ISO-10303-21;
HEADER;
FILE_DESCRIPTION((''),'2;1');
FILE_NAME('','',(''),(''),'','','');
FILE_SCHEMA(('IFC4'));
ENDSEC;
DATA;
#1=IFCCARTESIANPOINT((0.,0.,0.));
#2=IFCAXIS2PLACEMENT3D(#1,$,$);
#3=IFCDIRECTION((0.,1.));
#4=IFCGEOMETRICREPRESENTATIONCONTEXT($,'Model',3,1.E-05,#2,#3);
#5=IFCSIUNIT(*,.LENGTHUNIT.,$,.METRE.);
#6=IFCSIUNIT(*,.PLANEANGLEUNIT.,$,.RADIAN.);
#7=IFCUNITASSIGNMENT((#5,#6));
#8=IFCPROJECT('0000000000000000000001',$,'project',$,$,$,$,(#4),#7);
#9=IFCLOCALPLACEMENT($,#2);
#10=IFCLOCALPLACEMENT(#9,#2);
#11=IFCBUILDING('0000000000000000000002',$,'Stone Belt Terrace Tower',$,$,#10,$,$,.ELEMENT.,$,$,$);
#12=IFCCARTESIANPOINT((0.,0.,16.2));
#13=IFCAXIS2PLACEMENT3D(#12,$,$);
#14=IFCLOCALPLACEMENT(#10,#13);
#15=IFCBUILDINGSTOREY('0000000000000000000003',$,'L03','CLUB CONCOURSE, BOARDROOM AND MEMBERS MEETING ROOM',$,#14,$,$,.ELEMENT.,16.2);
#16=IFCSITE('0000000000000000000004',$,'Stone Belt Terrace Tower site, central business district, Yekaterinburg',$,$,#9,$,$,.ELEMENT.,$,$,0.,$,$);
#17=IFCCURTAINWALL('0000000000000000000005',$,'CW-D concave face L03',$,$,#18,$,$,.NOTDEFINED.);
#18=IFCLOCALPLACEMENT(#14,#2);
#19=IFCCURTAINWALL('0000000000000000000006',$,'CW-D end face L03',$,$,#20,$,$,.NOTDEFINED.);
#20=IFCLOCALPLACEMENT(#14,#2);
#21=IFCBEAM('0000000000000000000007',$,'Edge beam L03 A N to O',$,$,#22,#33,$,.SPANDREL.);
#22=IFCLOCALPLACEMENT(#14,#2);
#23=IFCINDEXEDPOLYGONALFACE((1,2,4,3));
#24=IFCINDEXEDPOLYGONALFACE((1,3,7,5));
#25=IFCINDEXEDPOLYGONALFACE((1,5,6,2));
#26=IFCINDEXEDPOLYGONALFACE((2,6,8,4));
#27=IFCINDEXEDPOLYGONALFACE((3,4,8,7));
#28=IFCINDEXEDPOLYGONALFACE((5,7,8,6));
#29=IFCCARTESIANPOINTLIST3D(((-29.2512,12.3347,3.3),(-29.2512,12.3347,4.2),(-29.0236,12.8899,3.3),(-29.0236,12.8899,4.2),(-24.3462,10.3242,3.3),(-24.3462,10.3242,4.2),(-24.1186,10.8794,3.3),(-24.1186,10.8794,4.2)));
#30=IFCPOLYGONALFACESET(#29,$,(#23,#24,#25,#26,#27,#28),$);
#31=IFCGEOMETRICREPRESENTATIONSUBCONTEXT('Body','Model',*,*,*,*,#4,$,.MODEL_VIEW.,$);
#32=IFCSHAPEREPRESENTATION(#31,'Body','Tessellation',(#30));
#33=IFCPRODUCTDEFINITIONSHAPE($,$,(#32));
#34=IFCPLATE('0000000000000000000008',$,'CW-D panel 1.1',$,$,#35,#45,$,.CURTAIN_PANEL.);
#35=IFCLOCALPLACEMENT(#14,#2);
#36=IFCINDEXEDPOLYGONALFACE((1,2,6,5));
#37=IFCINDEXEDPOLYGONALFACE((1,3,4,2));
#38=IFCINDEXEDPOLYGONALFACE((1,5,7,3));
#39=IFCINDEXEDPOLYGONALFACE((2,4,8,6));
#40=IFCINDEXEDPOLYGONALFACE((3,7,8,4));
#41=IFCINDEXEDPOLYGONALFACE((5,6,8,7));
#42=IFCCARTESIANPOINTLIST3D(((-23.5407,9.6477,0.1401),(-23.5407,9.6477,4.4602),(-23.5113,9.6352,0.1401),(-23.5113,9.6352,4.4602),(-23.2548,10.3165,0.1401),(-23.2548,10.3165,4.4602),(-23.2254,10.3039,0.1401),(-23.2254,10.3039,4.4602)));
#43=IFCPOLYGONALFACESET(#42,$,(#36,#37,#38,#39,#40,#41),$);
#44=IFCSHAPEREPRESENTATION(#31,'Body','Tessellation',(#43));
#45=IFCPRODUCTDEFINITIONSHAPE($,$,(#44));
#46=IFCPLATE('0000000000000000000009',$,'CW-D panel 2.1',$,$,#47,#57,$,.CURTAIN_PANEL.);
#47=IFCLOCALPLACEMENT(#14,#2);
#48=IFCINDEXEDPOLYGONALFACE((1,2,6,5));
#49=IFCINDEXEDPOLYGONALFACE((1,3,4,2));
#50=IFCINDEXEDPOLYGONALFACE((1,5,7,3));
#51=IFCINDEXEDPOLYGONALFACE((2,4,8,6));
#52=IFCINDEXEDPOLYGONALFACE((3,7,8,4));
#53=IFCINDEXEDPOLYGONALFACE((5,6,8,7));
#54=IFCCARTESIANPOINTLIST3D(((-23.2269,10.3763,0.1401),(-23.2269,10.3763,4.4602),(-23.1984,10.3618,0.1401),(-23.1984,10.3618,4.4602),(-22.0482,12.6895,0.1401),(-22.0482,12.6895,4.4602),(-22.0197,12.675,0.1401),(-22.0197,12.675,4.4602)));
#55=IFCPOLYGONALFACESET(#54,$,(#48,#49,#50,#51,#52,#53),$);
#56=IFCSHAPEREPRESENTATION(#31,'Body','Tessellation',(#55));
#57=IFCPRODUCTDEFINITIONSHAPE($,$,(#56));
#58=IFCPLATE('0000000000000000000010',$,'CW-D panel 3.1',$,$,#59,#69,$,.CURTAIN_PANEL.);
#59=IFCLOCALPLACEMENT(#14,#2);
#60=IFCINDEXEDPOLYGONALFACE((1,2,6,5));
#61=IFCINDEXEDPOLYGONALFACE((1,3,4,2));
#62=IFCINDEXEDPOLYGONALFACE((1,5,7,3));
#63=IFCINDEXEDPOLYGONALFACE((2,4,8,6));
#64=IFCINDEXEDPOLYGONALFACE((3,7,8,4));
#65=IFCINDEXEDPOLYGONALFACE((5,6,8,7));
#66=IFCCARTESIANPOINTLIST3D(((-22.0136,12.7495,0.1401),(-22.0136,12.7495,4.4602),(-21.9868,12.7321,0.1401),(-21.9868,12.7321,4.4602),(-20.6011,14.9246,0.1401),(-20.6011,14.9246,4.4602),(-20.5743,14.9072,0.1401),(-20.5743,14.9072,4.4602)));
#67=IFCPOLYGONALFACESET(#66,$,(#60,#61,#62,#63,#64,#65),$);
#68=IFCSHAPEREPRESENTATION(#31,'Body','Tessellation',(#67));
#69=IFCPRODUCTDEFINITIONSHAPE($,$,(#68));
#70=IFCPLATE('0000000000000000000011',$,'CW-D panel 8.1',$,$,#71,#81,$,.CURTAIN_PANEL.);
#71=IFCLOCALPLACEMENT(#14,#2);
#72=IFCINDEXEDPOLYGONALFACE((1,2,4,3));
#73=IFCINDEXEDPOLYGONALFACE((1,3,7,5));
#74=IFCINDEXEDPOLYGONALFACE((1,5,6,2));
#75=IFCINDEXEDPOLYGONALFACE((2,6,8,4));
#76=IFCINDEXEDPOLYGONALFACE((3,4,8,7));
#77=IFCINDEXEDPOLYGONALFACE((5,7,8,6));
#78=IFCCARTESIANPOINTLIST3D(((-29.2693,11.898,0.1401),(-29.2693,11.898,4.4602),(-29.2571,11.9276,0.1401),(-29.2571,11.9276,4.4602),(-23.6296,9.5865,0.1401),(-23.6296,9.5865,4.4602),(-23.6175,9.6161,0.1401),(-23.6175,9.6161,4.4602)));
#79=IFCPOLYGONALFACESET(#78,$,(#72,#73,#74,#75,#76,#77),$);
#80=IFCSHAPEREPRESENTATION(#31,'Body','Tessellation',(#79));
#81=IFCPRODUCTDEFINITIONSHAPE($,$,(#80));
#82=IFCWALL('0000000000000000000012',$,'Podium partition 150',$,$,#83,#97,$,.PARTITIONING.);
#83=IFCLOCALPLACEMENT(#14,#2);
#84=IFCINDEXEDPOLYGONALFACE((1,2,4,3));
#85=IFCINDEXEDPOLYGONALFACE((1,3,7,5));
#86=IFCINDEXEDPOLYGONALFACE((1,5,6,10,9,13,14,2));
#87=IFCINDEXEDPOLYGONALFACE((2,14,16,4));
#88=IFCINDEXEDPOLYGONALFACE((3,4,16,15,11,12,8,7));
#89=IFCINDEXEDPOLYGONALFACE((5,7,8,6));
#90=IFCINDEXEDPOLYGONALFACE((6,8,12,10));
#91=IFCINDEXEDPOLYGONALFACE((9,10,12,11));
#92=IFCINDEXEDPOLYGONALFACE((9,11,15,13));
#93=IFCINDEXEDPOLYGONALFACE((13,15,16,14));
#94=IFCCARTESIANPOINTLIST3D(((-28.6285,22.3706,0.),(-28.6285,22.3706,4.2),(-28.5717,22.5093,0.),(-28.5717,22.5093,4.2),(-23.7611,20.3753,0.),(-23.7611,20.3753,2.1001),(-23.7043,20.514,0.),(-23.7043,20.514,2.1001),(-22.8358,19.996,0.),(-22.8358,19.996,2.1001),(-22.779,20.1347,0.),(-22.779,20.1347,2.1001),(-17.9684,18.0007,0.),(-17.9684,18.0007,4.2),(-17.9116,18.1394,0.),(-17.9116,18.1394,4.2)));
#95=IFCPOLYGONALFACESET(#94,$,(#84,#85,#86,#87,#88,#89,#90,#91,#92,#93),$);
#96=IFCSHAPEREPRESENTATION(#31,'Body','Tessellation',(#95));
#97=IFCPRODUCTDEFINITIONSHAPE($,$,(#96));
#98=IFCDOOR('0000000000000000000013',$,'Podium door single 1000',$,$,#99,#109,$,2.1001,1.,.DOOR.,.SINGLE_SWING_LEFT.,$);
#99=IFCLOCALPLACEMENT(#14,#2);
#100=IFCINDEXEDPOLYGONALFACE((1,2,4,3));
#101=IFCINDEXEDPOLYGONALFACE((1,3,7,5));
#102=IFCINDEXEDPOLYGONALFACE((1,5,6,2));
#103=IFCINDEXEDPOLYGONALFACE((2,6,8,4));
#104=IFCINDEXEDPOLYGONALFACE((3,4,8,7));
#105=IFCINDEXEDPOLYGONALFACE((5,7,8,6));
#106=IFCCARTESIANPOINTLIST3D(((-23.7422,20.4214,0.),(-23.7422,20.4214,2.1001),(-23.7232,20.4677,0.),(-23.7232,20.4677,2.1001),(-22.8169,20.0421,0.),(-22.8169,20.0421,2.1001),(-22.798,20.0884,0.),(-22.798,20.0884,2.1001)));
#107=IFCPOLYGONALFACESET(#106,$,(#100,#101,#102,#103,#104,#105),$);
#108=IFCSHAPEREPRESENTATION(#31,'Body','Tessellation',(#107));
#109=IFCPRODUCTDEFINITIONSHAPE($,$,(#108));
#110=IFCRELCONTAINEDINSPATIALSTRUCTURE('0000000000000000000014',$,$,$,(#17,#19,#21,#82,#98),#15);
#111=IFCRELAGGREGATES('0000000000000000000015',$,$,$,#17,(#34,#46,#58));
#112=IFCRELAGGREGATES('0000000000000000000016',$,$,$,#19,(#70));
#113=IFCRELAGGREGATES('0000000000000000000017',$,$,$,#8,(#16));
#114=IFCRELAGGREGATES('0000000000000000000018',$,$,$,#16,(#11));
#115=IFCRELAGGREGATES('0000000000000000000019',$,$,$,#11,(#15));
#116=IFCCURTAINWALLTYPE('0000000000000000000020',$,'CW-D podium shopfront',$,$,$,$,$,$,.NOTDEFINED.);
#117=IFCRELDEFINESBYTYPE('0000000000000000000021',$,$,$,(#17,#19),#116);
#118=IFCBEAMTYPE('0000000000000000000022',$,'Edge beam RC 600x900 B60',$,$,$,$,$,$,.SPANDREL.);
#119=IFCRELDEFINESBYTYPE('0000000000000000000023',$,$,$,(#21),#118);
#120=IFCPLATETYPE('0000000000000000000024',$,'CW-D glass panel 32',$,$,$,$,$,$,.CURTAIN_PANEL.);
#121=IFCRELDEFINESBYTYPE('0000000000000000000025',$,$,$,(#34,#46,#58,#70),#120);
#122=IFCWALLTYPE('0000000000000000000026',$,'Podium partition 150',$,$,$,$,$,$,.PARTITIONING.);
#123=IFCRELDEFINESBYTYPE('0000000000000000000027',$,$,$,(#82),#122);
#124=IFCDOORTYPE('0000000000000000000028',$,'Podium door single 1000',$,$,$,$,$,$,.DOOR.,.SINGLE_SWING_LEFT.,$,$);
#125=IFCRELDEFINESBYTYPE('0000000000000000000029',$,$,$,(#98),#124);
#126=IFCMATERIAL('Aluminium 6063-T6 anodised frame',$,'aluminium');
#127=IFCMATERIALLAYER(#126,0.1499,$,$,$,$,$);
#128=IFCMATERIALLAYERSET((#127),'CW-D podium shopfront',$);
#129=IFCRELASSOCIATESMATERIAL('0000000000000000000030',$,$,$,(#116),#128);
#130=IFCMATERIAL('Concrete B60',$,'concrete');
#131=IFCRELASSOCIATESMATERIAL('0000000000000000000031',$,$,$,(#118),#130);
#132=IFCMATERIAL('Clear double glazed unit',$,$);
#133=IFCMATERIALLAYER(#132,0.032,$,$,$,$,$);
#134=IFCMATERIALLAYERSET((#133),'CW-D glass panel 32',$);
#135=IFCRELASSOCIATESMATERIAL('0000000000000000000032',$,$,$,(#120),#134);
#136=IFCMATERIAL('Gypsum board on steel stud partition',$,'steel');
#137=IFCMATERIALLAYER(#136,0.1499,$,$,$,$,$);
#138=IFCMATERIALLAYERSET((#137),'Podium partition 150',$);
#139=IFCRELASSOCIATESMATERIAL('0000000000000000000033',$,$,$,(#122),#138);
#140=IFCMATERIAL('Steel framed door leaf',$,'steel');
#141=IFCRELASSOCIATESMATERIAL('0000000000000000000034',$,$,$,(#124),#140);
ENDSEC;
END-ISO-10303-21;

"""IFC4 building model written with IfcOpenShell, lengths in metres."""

from ifc_helpers import new_model, si_unit, direction, frame, frame_2d, origin, origin_2d, place, context, subcontext, project, spatial, rectangle, extrude, material, layer, layer_set, material_profile, profile_set, type_object, element, fill, aggregate, save


model = new_model("IFC4")

# Units and contexts
model_context = context("Model", 3, precision=1e-05, world=origin(), true_north=direction((0.0, 1.0)))
body_context = subcontext(model_context, "Body", "Model", "MODEL_VIEW")
ifc_project = project(units=[si_unit("LENGTHUNIT", "METRE"), si_unit("PLANEANGLEUNIT", "RADIAN")], contexts=[model_context])

# Site, building, storey
site_placement = place(None, origin())
site = spatial("IfcSite", under=ifc_project, at=site_placement, Name="Stone Belt Terrace Tower site, central business district, Yekaterinburg", CompositionType="ELEMENT", RefElevation=0.0)
building_placement = place(site_placement, origin())
building = spatial("IfcBuilding", under=site, at=building_placement, Name="Stone Belt Terrace Tower", CompositionType="ELEMENT")
storey_placement = place(building_placement, frame((0.0, 0.0, 16.2)))
storey = spatial("IfcBuildingStorey", under=building, at=storey_placement, Name="L03", Description="CLUB CONCOURSE, BOARDROOM AND MEMBERS MEETING ROOM", CompositionType="ELEMENT", Elevation=16.2)

# Shared definitions
ifc_material_1 = material(Name="Concrete B60", Category="concrete")

# Curtain wall
ifc_material_2 = material(Name="Aluminium 6063-T6 anodised frame", Category="aluminium")
ifc_layer_1 = layer(ifc_material_2, 0.1499)
ifc_layer_set_1 = layer_set([ifc_layer_1], Name="CW-D podium shopfront")
curtain_wall_type = type_object("IfcCurtainWallType", Name="CW-D podium shopfront", PredefinedType="NOTDEFINED", material=ifc_layer_set_1)
curtain_wall_1_placement = place(storey_placement, origin())
curtain_wall_1 = element("IfcCurtainWall", 1, at=curtain_wall_1_placement, inside=storey, type_object=curtain_wall_type, Name="CW-D concave face L03", PredefinedType="NOTDEFINED")

# Curtain wall
curtain_wall_2_placement = place(storey_placement, origin())
curtain_wall_2 = element("IfcCurtainWall", 2, at=curtain_wall_2_placement, inside=storey, type_object=curtain_wall_type, Name="CW-D end face L03", PredefinedType="NOTDEFINED")

# Beam
ifc_material_profile_1 = material_profile(ifc_material_1, rectangle(XDim=0.6001, YDim=0.8999, at=origin_2d()), Name="RC 600x900")
ifc_profile_set_1 = profile_set([ifc_material_profile_1], Name="Concrete B60")
beam_type = type_object("IfcBeamType", Name="Edge beam RC 600x900 B60", PredefinedType="SPANDREL", material=ifc_profile_set_1)
beam_placement = place(storey_placement, frame((-24.2324, 10.6018, 3.75), z_axis=(-0.925289, 0.379262, 0.0), x_axis=(-0.379262, -0.925289, 0.0)))
element("IfcBeam", 3, at=beam_placement, inside=storey, type_object=beam_type, Name="Edge beam L03 A N to O", PredefinedType="SPANDREL", context=body_context, shape_type="SweptSolid", body=[
    extrude(rectangle(XDim=0.6001, YDim=0.8999, at=origin_2d()), origin(), (0.0, 0.0, 1.0), 5.301),
])

# Plates
ifc_material_3 = material(Name="Clear double glazed unit")
ifc_layer_2 = layer(ifc_material_3, 0.032)
ifc_layer_set_2 = layer_set([ifc_layer_2], Name="CW-D glass panel 32")
plate_type = type_object("IfcPlateType", Name="CW-D glass panel 32", PredefinedType="CURTAIN_PANEL", material=ifc_layer_set_2)
plate_1_placement = place(storey_placement, frame((-23.3831, 9.9758, 0.1401), z_axis=(0.0, 0.0, 1.0), x_axis=(0.393034, 0.919524, 0.0)))
plate_1 = element("IfcPlate", 4, at=plate_1_placement, type_object=plate_type, Name="CW-D panel 1.1", PredefinedType="CURTAIN_PANEL", context=body_context, shape_type="SweptSolid", body=[
    extrude(rectangle(XDim=0.7273, YDim=0.032, at=origin_2d()), origin(), (0.0, 0.0, 1.0), 4.3201),
])
plate_2_placement = place(storey_placement, frame((-22.6233, 11.5256, 0.1401), z_axis=(0.0, 0.0, 1.0), x_axis=(0.45399, 0.891007, 0.0)))
plate_2 = element("IfcPlate", 5, at=plate_2_placement, type_object=plate_type, Name="CW-D panel 2.1", PredefinedType="CURTAIN_PANEL", context=body_context, shape_type="SweptSolid", body=[
    extrude(rectangle(XDim=2.5962, YDim=0.032, at=origin_2d()), origin(), (0.0, 0.0, 1.0), 4.3201),
])
plate_3_placement = place(storey_placement, frame((-21.2939, 13.8284, 0.1401), z_axis=(0.0, 0.0, 1.0), x_axis=(0.544639, 0.838671, 0.0)))
plate_3 = element("IfcPlate", 6, at=plate_3_placement, type_object=plate_type, Name="CW-D panel 3.1", PredefinedType="CURTAIN_PANEL", context=body_context, shape_type="SweptSolid", body=[
    extrude(rectangle(XDim=2.5935, YDim=0.032, at=origin_2d()), origin(), (0.0, 0.0, 1.0), 4.3201),
])
aggregate(curtain_wall_1, [plate_1, plate_2, plate_3])
plate_4_placement = place(storey_placement, frame((-26.4434, 10.7571, 0.1401), z_axis=(0.0, 0.0, 1.0), x_axis=(0.925297, -0.379243, 0.0)))
plate_4 = element("IfcPlate", 7, at=plate_4_placement, type_object=plate_type, Name="CW-D panel 8.1", PredefinedType="CURTAIN_PANEL", context=body_context, shape_type="SweptSolid", body=[
    extrude(rectangle(XDim=6.095, YDim=0.032, at=origin_2d()), origin(), (0.0, 0.0, 1.0), 4.3201),
])
aggregate(curtain_wall_2, [plate_4])

# Wall, opening, door
ifc_material_4 = material(Name="Gypsum board on steel stud partition", Category="steel")
ifc_layer_3 = layer(ifc_material_4, 0.1499)
ifc_layer_set_3 = layer_set([ifc_layer_3], Name="Podium partition 150")
wall_type = type_object("IfcWallType", Name="Podium partition 150", PredefinedType="PARTITIONING", material=ifc_layer_set_3)
wall_placement = place(storey_placement, frame((-28.6001, 22.4399, 0.0), z_axis=(0.0, 0.0, 1.0), x_axis=(0.925276, -0.379295, 0.0)))
wall = element("IfcWall", 8, at=wall_placement, inside=storey, type_object=wall_type, Name="Podium partition 150", PredefinedType="PARTITIONING", context=body_context, shape_type="SweptSolid", body=[
    extrude(rectangle(XDim=11.521, YDim=0.1499, at=frame_2d((5.7605, 0.0))), origin(), (0.0, 0.0, 1.0), 4.2),
])
opening_placement = place(wall_placement, frame((5.2605, 0.0, 0.0)))
opening = element("IfcOpeningElement", 9, at=opening_placement, cuts=wall, PredefinedType="OPENING", context=body_context, shape_type="SweptSolid", body=[
    extrude(rectangle(XDim=1.0, YDim=2.1001, at=frame_2d((0.5, 1.05))), frame((0.0, 0.085, 0.0), z_axis=(0.0, -1.0, 0.0), x_axis=(1.0, 0.0, 0.0)), (0.0, 0.0, 1.0), 0.1699),
])
ifc_material_5 = material(Name="Steel framed door leaf", Category="steel")
door_type = type_object("IfcDoorType", Name="Podium door single 1000", OperationType="SINGLE_SWING_LEFT", PredefinedType="DOOR", material=ifc_material_5)
door_placement = place(opening_placement, origin())
door = element("IfcDoor", 10, at=door_placement, inside=storey, type_object=door_type, Name="Podium door single 1000", OperationType="SINGLE_SWING_LEFT", OverallHeight=2.1001, OverallWidth=1.0, PredefinedType="DOOR", context=body_context, shape_type="SweptSolid", body=[
    extrude(rectangle(XDim=1.0, YDim=2.1001, at=frame_2d((0.5, 1.05))), frame((0.0, 0.0249, 0.0), z_axis=(0.0, -1.0, 0.0), x_axis=(1.0, 0.0, 0.0)), (0.0, 0.0, 1.0), 0.05),
])
fill(opening, door)

save(model, "model.ifc")
